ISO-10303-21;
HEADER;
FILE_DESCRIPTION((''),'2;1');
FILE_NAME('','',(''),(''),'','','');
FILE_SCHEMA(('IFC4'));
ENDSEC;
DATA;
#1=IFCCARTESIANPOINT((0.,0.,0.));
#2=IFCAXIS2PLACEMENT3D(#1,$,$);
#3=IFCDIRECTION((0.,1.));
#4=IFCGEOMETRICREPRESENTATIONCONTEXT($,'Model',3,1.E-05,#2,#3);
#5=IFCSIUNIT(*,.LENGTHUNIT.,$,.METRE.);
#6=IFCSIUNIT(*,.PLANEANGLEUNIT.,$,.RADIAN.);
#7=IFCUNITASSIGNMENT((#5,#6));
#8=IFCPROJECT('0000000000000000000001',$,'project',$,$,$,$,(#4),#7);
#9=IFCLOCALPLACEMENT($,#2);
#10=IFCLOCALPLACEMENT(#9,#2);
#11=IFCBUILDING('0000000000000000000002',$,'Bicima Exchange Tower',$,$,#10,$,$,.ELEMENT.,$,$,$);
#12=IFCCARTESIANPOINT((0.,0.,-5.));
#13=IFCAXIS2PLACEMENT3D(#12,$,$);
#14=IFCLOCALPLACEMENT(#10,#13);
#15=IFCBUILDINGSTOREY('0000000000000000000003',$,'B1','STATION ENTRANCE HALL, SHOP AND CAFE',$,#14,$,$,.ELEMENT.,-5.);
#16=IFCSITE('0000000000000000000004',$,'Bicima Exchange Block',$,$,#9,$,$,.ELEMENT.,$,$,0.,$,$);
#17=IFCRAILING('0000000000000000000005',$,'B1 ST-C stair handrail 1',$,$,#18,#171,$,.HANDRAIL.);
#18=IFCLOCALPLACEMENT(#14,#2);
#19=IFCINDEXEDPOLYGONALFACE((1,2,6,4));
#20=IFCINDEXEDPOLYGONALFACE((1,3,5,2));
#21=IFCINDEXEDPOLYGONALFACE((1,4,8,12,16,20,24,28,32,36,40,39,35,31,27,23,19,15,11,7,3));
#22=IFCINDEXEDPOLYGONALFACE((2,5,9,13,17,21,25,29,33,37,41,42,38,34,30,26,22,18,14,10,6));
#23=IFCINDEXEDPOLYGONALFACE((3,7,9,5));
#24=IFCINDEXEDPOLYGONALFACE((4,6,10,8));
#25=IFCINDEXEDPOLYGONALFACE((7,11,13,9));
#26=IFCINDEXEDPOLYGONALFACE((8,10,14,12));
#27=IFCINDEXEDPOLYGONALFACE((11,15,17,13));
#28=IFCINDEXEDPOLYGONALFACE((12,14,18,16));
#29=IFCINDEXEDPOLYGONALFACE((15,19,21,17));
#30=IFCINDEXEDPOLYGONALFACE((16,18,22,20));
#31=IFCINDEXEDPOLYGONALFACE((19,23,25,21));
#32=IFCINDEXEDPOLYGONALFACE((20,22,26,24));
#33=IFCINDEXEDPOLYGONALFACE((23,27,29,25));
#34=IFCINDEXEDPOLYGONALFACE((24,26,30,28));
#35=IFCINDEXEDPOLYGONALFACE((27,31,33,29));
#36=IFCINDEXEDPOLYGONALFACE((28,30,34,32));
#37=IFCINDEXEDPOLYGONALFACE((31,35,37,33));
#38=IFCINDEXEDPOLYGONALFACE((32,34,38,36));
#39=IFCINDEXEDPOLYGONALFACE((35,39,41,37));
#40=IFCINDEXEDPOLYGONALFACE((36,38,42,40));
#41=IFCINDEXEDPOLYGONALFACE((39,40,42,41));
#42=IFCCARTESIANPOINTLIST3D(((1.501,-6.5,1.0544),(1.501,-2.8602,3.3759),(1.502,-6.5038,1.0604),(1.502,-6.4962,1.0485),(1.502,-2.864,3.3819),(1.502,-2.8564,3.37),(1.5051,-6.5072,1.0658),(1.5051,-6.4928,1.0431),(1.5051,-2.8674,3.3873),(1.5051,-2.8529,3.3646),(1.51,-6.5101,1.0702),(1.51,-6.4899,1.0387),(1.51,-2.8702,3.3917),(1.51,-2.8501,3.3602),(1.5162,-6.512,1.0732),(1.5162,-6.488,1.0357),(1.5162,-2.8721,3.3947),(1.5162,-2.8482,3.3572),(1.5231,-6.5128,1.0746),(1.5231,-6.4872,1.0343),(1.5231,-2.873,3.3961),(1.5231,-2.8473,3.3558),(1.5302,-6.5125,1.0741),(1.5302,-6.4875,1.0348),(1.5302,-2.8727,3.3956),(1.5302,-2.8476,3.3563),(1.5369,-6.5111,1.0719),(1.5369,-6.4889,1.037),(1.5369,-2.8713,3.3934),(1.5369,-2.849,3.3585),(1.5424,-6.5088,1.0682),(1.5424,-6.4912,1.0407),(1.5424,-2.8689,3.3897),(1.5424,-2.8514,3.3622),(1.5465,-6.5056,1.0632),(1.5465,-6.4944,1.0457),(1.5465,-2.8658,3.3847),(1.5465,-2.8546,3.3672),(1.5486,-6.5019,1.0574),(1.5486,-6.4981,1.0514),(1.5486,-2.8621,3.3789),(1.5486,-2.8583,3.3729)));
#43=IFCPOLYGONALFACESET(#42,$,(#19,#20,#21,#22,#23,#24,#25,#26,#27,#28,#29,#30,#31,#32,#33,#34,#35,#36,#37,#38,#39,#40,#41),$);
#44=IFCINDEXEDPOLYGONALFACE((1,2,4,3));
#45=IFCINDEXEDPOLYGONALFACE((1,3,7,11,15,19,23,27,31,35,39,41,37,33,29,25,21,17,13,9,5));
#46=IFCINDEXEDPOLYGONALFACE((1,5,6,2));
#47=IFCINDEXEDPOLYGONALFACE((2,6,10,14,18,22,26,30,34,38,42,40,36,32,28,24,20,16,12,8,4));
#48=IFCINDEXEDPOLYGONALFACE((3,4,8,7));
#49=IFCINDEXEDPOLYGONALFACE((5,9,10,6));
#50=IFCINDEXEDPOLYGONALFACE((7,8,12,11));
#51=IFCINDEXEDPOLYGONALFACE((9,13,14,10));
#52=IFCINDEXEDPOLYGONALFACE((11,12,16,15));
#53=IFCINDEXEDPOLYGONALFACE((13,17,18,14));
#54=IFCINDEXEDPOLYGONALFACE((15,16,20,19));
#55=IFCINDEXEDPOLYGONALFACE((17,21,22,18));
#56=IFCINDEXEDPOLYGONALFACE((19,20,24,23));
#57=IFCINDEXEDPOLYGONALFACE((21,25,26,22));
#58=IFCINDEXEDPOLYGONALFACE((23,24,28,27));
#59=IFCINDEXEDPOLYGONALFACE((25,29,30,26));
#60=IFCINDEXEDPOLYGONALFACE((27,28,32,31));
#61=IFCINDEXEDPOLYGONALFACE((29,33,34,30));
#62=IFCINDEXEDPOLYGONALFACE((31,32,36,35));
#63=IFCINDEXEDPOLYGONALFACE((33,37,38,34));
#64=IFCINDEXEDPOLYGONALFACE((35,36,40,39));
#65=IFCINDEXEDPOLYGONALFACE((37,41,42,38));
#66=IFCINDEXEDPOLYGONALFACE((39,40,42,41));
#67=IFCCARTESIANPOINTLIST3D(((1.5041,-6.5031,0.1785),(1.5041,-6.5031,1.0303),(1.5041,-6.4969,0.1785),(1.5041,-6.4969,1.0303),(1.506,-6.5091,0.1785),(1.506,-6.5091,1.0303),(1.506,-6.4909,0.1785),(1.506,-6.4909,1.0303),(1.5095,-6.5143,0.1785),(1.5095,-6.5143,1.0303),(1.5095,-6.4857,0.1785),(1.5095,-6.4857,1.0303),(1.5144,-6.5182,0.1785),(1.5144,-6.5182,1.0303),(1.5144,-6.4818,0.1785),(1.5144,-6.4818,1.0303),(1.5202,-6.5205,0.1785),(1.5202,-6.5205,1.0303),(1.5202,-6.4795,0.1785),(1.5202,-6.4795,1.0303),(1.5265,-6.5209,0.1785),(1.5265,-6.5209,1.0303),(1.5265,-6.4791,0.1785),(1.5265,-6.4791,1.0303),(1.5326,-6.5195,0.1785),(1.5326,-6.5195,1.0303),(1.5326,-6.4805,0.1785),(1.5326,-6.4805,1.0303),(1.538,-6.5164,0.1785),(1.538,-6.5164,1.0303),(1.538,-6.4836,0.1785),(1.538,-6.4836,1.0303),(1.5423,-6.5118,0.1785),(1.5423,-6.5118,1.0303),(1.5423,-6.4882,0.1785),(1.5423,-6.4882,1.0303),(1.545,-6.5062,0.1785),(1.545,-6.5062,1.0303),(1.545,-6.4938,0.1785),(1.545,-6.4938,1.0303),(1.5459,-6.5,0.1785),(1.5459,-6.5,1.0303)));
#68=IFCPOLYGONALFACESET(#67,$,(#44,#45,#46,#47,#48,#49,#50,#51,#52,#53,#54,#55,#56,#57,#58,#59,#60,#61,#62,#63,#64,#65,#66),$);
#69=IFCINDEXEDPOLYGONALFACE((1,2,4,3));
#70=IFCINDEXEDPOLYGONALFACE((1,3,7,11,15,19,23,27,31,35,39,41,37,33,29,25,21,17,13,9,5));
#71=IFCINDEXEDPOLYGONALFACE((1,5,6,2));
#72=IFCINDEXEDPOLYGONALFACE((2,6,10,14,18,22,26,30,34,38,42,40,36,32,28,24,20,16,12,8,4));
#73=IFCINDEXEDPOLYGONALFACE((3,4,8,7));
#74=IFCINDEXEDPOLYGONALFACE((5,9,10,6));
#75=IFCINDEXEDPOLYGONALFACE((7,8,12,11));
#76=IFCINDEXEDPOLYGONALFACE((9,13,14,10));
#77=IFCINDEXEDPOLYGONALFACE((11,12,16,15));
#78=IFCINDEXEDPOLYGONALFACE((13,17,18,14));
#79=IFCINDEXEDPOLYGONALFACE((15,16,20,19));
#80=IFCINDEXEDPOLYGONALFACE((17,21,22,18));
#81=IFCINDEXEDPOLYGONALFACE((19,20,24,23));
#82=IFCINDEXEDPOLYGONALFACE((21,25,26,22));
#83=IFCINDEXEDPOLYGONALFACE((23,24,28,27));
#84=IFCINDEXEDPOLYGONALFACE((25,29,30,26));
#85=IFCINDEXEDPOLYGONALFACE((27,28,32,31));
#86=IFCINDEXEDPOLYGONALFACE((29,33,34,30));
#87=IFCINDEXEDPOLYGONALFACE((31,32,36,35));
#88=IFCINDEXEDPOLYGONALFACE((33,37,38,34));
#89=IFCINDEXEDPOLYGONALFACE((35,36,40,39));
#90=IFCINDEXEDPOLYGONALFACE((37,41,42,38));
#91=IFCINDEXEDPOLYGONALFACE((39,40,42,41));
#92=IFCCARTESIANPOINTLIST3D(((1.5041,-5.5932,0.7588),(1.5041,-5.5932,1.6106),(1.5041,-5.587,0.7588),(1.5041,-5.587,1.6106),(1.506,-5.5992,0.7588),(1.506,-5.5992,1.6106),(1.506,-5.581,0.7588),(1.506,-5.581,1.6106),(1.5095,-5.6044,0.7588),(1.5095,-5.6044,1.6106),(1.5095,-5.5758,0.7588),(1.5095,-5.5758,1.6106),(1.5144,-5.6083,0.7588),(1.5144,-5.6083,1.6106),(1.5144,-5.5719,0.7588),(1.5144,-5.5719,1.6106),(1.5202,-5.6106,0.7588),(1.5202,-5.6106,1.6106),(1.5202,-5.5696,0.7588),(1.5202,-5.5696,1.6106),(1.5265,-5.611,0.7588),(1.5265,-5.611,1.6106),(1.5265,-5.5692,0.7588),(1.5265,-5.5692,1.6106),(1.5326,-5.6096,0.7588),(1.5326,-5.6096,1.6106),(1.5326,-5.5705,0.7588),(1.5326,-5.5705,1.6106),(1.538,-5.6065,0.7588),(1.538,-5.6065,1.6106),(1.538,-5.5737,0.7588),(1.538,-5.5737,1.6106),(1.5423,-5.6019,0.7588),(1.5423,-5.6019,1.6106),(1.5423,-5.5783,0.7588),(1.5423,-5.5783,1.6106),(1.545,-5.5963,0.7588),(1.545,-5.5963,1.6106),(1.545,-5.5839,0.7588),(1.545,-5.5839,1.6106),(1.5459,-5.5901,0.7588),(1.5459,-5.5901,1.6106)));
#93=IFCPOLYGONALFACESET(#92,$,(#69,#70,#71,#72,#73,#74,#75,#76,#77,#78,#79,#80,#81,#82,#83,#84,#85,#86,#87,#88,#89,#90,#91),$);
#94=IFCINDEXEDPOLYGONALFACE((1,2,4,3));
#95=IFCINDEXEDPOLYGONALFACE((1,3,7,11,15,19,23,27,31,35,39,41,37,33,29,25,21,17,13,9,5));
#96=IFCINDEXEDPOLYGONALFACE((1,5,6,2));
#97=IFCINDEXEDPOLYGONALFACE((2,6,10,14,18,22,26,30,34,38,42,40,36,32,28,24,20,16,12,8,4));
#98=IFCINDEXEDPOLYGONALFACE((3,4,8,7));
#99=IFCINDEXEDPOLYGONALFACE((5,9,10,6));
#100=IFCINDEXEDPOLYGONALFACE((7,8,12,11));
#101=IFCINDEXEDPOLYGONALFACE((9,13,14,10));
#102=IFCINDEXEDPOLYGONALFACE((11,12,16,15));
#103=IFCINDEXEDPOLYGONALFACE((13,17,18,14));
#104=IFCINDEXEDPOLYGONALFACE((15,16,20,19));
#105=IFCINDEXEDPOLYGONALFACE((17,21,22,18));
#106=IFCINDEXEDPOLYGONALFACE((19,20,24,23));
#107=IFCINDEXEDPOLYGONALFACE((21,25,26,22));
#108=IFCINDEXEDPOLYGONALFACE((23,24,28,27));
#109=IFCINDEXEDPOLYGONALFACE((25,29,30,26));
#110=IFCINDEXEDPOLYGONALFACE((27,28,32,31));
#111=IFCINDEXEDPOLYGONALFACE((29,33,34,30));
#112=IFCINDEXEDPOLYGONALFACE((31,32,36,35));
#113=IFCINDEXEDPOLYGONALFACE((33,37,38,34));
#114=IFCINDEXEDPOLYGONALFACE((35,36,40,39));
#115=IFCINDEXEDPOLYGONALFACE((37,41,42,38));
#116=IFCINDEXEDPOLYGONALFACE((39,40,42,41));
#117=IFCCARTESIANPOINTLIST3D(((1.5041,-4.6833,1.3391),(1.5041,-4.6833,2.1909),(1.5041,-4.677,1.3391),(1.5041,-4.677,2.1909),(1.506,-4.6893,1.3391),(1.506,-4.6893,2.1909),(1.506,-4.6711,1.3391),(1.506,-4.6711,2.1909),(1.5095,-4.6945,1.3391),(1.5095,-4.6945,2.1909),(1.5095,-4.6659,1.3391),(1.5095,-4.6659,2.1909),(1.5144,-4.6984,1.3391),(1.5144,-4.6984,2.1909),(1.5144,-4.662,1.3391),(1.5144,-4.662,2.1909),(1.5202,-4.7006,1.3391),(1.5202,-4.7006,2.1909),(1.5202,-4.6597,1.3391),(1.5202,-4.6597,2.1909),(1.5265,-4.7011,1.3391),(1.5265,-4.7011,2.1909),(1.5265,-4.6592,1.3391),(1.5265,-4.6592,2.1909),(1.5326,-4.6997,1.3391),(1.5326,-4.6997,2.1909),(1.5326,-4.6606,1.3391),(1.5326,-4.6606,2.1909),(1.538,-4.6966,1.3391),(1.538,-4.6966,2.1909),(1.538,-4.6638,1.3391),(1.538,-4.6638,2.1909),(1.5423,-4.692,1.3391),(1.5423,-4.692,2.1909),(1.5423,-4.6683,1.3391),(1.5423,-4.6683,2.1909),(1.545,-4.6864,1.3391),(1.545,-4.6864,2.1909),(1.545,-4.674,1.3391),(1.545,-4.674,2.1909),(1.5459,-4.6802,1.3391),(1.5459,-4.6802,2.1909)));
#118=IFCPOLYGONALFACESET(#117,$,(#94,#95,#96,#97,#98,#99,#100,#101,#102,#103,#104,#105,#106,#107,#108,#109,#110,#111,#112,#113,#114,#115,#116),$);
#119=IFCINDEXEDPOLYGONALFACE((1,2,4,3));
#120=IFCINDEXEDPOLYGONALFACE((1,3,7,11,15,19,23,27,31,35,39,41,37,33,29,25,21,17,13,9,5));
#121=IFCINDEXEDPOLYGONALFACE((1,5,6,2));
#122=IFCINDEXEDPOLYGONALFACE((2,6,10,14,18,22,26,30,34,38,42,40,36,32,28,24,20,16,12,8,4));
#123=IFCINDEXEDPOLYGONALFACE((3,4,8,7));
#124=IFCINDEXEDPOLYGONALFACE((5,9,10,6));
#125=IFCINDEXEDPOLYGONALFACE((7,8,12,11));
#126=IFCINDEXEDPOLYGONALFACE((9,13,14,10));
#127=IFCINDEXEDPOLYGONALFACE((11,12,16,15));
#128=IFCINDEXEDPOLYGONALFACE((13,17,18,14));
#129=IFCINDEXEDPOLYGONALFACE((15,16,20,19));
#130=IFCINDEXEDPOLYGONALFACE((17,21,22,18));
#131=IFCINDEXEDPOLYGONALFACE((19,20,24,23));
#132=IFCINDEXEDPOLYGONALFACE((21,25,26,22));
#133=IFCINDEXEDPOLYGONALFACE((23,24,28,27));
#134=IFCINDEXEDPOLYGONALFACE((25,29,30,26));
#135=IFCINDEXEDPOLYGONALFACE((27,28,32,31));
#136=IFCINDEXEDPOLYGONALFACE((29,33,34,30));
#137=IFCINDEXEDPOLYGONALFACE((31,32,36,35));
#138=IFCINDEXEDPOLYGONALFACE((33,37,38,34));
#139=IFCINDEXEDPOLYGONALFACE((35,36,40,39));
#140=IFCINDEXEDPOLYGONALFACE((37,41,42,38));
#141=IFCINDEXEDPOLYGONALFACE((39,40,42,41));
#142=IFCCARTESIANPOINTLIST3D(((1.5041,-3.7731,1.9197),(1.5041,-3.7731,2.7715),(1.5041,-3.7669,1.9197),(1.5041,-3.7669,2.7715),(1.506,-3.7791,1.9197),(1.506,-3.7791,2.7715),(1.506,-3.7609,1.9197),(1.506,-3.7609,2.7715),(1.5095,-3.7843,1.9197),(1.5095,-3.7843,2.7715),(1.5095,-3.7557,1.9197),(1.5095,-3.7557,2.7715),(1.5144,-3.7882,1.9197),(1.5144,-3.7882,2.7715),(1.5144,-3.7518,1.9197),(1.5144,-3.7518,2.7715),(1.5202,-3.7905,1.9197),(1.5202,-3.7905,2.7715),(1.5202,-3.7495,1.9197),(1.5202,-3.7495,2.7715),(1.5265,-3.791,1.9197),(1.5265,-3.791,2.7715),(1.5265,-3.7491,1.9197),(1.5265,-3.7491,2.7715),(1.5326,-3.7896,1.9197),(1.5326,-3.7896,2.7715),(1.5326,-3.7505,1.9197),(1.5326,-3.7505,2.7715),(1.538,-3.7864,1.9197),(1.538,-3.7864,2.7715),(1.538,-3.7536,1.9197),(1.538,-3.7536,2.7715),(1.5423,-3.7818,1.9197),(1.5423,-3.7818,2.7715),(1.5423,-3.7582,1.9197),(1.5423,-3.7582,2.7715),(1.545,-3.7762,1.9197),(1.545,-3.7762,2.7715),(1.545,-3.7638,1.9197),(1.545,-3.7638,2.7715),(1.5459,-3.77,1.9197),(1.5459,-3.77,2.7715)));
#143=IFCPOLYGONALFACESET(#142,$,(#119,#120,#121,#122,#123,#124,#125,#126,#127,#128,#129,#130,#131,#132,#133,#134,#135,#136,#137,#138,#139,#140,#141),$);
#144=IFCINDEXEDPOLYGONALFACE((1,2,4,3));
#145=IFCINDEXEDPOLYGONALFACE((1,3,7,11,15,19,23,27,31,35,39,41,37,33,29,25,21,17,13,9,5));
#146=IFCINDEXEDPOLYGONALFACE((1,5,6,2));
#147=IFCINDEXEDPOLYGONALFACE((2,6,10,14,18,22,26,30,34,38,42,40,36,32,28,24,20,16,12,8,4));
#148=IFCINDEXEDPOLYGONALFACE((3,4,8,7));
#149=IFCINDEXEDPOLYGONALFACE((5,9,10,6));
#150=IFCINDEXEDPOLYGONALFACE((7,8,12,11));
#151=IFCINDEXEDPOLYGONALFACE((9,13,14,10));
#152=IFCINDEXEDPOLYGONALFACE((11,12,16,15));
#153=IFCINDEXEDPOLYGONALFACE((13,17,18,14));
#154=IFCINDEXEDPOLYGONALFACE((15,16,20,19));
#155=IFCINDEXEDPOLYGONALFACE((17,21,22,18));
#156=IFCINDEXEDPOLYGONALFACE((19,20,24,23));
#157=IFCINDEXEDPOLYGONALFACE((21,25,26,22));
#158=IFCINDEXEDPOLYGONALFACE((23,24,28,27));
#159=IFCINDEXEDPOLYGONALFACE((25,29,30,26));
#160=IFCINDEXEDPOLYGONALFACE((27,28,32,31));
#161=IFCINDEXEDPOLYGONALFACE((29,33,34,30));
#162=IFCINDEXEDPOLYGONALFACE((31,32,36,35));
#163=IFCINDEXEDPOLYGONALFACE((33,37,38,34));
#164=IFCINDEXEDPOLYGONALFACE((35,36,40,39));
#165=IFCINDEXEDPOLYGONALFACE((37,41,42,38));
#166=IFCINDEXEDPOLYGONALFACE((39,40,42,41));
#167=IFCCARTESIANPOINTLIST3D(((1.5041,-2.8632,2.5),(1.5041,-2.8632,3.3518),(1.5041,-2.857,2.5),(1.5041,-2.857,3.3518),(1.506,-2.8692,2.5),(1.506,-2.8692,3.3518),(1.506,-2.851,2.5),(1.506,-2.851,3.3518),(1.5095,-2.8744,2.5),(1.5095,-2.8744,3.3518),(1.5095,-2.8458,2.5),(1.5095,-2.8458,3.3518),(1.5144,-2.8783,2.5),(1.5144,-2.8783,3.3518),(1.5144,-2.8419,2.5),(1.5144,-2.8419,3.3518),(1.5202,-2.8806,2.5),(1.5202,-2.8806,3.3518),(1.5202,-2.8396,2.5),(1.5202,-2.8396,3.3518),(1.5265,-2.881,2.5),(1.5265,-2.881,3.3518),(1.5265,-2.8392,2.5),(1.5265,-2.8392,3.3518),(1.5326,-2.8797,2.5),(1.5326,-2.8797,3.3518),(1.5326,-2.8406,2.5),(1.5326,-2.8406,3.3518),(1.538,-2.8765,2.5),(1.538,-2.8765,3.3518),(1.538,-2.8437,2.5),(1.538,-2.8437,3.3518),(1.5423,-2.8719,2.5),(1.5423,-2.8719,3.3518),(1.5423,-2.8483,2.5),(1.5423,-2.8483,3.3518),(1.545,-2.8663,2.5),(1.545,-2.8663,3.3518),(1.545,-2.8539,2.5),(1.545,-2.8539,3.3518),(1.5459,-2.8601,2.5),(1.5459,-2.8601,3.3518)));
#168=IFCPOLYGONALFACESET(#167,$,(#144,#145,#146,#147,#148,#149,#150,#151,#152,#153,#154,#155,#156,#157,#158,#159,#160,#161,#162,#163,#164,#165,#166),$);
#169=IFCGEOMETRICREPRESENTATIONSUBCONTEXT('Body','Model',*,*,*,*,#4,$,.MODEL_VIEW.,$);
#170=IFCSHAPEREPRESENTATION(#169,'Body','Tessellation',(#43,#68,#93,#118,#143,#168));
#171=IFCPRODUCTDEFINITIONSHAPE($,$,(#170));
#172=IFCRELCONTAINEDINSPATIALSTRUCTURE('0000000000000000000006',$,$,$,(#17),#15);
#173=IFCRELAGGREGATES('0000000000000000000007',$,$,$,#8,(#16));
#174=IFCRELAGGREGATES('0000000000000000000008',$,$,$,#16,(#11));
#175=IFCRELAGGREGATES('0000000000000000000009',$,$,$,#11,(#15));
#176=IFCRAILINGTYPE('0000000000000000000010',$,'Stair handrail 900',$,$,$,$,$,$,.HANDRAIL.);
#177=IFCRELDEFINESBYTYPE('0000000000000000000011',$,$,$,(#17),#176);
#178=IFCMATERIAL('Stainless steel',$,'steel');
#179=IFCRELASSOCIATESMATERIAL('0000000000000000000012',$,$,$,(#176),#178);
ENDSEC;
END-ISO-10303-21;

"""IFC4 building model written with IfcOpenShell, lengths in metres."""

from ifc_helpers import new_model, si_unit, direction, frame, origin, origin_2d, place, context, subcontext, project, spatial, circle, extrude, material, type_object, element, save


model = new_model("IFC4")

# Units and contexts
model_context = context("Model", 3, precision=1e-05, world=origin(), true_north=direction((0.0, 1.0)))
body_context = subcontext(model_context, "Body", "Model", "MODEL_VIEW")
ifc_project = project(units=[si_unit("LENGTHUNIT", "METRE"), si_unit("PLANEANGLEUNIT", "RADIAN")], contexts=[model_context])

# Site, building, storey
site_placement = place(None, origin())
site = spatial("IfcSite", under=ifc_project, at=site_placement, Name="Bicima Exchange Block", CompositionType="ELEMENT", RefElevation=0.0)
building_placement = place(site_placement, origin())
building = spatial("IfcBuilding", under=site, at=building_placement, Name="Bicima Exchange Tower", CompositionType="ELEMENT")
storey_placement = place(building_placement, frame((0.0, 0.0, -5.0)))
storey = spatial("IfcBuildingStorey", under=building, at=storey_placement, Name="B1", Description="STATION ENTRANCE HALL, SHOP AND CAFE", CompositionType="ELEMENT", Elevation=-5.0)

# Shared definitions
ifc_material_1 = material(Name="Stainless steel", Category="steel")

# Railing
railing_type_1 = type_object("IfcRailingType", Name="Stair handrail 900", PredefinedType="HANDRAIL", material=ifc_material_1)
railing_1_placement = place(storey_placement, frame((1.5249, -6.5, 0.1785)))
element("IfcRailing", 1, at=railing_1_placement, inside=storey, type_object=railing_type_1, Name="B1 ST-C stair handrail 1", PredefinedType="HANDRAIL", context=body_context, shape_type="SweptSolid", body=[
    extrude(circle(Radius=0.0239, at=origin_2d()), frame((0.0, 0.0, 0.876), z_axis=(0.0, 0.843112, 0.537739), x_axis=(-1.0, 0.0, 0.0)), (0.0, 0.0, 1.0), 4.3171),
    extrude(circle(Radius=0.021, at=origin_2d()), origin(), (0.0, 0.0, 1.0), 0.8518),
    extrude(circle(Radius=0.021, at=origin_2d()), frame((0.0, 0.9099, 0.5803)), (0.0, 0.0, 1.0), 0.8518),
    extrude(circle(Radius=0.021, at=origin_2d()), frame((0.0, 1.8198, 1.1606)), (0.0, 0.0, 1.0), 0.8518),
    extrude(circle(Radius=0.021, at=origin_2d()), frame((0.0, 2.73, 1.7412)), (0.0, 0.0, 1.0), 0.8518),
    extrude(circle(Radius=0.021, at=origin_2d()), frame((0.0, 3.6399, 2.3215)), (0.0, 0.0, 1.0), 0.8518),
])

save(model, "model.ifc")
